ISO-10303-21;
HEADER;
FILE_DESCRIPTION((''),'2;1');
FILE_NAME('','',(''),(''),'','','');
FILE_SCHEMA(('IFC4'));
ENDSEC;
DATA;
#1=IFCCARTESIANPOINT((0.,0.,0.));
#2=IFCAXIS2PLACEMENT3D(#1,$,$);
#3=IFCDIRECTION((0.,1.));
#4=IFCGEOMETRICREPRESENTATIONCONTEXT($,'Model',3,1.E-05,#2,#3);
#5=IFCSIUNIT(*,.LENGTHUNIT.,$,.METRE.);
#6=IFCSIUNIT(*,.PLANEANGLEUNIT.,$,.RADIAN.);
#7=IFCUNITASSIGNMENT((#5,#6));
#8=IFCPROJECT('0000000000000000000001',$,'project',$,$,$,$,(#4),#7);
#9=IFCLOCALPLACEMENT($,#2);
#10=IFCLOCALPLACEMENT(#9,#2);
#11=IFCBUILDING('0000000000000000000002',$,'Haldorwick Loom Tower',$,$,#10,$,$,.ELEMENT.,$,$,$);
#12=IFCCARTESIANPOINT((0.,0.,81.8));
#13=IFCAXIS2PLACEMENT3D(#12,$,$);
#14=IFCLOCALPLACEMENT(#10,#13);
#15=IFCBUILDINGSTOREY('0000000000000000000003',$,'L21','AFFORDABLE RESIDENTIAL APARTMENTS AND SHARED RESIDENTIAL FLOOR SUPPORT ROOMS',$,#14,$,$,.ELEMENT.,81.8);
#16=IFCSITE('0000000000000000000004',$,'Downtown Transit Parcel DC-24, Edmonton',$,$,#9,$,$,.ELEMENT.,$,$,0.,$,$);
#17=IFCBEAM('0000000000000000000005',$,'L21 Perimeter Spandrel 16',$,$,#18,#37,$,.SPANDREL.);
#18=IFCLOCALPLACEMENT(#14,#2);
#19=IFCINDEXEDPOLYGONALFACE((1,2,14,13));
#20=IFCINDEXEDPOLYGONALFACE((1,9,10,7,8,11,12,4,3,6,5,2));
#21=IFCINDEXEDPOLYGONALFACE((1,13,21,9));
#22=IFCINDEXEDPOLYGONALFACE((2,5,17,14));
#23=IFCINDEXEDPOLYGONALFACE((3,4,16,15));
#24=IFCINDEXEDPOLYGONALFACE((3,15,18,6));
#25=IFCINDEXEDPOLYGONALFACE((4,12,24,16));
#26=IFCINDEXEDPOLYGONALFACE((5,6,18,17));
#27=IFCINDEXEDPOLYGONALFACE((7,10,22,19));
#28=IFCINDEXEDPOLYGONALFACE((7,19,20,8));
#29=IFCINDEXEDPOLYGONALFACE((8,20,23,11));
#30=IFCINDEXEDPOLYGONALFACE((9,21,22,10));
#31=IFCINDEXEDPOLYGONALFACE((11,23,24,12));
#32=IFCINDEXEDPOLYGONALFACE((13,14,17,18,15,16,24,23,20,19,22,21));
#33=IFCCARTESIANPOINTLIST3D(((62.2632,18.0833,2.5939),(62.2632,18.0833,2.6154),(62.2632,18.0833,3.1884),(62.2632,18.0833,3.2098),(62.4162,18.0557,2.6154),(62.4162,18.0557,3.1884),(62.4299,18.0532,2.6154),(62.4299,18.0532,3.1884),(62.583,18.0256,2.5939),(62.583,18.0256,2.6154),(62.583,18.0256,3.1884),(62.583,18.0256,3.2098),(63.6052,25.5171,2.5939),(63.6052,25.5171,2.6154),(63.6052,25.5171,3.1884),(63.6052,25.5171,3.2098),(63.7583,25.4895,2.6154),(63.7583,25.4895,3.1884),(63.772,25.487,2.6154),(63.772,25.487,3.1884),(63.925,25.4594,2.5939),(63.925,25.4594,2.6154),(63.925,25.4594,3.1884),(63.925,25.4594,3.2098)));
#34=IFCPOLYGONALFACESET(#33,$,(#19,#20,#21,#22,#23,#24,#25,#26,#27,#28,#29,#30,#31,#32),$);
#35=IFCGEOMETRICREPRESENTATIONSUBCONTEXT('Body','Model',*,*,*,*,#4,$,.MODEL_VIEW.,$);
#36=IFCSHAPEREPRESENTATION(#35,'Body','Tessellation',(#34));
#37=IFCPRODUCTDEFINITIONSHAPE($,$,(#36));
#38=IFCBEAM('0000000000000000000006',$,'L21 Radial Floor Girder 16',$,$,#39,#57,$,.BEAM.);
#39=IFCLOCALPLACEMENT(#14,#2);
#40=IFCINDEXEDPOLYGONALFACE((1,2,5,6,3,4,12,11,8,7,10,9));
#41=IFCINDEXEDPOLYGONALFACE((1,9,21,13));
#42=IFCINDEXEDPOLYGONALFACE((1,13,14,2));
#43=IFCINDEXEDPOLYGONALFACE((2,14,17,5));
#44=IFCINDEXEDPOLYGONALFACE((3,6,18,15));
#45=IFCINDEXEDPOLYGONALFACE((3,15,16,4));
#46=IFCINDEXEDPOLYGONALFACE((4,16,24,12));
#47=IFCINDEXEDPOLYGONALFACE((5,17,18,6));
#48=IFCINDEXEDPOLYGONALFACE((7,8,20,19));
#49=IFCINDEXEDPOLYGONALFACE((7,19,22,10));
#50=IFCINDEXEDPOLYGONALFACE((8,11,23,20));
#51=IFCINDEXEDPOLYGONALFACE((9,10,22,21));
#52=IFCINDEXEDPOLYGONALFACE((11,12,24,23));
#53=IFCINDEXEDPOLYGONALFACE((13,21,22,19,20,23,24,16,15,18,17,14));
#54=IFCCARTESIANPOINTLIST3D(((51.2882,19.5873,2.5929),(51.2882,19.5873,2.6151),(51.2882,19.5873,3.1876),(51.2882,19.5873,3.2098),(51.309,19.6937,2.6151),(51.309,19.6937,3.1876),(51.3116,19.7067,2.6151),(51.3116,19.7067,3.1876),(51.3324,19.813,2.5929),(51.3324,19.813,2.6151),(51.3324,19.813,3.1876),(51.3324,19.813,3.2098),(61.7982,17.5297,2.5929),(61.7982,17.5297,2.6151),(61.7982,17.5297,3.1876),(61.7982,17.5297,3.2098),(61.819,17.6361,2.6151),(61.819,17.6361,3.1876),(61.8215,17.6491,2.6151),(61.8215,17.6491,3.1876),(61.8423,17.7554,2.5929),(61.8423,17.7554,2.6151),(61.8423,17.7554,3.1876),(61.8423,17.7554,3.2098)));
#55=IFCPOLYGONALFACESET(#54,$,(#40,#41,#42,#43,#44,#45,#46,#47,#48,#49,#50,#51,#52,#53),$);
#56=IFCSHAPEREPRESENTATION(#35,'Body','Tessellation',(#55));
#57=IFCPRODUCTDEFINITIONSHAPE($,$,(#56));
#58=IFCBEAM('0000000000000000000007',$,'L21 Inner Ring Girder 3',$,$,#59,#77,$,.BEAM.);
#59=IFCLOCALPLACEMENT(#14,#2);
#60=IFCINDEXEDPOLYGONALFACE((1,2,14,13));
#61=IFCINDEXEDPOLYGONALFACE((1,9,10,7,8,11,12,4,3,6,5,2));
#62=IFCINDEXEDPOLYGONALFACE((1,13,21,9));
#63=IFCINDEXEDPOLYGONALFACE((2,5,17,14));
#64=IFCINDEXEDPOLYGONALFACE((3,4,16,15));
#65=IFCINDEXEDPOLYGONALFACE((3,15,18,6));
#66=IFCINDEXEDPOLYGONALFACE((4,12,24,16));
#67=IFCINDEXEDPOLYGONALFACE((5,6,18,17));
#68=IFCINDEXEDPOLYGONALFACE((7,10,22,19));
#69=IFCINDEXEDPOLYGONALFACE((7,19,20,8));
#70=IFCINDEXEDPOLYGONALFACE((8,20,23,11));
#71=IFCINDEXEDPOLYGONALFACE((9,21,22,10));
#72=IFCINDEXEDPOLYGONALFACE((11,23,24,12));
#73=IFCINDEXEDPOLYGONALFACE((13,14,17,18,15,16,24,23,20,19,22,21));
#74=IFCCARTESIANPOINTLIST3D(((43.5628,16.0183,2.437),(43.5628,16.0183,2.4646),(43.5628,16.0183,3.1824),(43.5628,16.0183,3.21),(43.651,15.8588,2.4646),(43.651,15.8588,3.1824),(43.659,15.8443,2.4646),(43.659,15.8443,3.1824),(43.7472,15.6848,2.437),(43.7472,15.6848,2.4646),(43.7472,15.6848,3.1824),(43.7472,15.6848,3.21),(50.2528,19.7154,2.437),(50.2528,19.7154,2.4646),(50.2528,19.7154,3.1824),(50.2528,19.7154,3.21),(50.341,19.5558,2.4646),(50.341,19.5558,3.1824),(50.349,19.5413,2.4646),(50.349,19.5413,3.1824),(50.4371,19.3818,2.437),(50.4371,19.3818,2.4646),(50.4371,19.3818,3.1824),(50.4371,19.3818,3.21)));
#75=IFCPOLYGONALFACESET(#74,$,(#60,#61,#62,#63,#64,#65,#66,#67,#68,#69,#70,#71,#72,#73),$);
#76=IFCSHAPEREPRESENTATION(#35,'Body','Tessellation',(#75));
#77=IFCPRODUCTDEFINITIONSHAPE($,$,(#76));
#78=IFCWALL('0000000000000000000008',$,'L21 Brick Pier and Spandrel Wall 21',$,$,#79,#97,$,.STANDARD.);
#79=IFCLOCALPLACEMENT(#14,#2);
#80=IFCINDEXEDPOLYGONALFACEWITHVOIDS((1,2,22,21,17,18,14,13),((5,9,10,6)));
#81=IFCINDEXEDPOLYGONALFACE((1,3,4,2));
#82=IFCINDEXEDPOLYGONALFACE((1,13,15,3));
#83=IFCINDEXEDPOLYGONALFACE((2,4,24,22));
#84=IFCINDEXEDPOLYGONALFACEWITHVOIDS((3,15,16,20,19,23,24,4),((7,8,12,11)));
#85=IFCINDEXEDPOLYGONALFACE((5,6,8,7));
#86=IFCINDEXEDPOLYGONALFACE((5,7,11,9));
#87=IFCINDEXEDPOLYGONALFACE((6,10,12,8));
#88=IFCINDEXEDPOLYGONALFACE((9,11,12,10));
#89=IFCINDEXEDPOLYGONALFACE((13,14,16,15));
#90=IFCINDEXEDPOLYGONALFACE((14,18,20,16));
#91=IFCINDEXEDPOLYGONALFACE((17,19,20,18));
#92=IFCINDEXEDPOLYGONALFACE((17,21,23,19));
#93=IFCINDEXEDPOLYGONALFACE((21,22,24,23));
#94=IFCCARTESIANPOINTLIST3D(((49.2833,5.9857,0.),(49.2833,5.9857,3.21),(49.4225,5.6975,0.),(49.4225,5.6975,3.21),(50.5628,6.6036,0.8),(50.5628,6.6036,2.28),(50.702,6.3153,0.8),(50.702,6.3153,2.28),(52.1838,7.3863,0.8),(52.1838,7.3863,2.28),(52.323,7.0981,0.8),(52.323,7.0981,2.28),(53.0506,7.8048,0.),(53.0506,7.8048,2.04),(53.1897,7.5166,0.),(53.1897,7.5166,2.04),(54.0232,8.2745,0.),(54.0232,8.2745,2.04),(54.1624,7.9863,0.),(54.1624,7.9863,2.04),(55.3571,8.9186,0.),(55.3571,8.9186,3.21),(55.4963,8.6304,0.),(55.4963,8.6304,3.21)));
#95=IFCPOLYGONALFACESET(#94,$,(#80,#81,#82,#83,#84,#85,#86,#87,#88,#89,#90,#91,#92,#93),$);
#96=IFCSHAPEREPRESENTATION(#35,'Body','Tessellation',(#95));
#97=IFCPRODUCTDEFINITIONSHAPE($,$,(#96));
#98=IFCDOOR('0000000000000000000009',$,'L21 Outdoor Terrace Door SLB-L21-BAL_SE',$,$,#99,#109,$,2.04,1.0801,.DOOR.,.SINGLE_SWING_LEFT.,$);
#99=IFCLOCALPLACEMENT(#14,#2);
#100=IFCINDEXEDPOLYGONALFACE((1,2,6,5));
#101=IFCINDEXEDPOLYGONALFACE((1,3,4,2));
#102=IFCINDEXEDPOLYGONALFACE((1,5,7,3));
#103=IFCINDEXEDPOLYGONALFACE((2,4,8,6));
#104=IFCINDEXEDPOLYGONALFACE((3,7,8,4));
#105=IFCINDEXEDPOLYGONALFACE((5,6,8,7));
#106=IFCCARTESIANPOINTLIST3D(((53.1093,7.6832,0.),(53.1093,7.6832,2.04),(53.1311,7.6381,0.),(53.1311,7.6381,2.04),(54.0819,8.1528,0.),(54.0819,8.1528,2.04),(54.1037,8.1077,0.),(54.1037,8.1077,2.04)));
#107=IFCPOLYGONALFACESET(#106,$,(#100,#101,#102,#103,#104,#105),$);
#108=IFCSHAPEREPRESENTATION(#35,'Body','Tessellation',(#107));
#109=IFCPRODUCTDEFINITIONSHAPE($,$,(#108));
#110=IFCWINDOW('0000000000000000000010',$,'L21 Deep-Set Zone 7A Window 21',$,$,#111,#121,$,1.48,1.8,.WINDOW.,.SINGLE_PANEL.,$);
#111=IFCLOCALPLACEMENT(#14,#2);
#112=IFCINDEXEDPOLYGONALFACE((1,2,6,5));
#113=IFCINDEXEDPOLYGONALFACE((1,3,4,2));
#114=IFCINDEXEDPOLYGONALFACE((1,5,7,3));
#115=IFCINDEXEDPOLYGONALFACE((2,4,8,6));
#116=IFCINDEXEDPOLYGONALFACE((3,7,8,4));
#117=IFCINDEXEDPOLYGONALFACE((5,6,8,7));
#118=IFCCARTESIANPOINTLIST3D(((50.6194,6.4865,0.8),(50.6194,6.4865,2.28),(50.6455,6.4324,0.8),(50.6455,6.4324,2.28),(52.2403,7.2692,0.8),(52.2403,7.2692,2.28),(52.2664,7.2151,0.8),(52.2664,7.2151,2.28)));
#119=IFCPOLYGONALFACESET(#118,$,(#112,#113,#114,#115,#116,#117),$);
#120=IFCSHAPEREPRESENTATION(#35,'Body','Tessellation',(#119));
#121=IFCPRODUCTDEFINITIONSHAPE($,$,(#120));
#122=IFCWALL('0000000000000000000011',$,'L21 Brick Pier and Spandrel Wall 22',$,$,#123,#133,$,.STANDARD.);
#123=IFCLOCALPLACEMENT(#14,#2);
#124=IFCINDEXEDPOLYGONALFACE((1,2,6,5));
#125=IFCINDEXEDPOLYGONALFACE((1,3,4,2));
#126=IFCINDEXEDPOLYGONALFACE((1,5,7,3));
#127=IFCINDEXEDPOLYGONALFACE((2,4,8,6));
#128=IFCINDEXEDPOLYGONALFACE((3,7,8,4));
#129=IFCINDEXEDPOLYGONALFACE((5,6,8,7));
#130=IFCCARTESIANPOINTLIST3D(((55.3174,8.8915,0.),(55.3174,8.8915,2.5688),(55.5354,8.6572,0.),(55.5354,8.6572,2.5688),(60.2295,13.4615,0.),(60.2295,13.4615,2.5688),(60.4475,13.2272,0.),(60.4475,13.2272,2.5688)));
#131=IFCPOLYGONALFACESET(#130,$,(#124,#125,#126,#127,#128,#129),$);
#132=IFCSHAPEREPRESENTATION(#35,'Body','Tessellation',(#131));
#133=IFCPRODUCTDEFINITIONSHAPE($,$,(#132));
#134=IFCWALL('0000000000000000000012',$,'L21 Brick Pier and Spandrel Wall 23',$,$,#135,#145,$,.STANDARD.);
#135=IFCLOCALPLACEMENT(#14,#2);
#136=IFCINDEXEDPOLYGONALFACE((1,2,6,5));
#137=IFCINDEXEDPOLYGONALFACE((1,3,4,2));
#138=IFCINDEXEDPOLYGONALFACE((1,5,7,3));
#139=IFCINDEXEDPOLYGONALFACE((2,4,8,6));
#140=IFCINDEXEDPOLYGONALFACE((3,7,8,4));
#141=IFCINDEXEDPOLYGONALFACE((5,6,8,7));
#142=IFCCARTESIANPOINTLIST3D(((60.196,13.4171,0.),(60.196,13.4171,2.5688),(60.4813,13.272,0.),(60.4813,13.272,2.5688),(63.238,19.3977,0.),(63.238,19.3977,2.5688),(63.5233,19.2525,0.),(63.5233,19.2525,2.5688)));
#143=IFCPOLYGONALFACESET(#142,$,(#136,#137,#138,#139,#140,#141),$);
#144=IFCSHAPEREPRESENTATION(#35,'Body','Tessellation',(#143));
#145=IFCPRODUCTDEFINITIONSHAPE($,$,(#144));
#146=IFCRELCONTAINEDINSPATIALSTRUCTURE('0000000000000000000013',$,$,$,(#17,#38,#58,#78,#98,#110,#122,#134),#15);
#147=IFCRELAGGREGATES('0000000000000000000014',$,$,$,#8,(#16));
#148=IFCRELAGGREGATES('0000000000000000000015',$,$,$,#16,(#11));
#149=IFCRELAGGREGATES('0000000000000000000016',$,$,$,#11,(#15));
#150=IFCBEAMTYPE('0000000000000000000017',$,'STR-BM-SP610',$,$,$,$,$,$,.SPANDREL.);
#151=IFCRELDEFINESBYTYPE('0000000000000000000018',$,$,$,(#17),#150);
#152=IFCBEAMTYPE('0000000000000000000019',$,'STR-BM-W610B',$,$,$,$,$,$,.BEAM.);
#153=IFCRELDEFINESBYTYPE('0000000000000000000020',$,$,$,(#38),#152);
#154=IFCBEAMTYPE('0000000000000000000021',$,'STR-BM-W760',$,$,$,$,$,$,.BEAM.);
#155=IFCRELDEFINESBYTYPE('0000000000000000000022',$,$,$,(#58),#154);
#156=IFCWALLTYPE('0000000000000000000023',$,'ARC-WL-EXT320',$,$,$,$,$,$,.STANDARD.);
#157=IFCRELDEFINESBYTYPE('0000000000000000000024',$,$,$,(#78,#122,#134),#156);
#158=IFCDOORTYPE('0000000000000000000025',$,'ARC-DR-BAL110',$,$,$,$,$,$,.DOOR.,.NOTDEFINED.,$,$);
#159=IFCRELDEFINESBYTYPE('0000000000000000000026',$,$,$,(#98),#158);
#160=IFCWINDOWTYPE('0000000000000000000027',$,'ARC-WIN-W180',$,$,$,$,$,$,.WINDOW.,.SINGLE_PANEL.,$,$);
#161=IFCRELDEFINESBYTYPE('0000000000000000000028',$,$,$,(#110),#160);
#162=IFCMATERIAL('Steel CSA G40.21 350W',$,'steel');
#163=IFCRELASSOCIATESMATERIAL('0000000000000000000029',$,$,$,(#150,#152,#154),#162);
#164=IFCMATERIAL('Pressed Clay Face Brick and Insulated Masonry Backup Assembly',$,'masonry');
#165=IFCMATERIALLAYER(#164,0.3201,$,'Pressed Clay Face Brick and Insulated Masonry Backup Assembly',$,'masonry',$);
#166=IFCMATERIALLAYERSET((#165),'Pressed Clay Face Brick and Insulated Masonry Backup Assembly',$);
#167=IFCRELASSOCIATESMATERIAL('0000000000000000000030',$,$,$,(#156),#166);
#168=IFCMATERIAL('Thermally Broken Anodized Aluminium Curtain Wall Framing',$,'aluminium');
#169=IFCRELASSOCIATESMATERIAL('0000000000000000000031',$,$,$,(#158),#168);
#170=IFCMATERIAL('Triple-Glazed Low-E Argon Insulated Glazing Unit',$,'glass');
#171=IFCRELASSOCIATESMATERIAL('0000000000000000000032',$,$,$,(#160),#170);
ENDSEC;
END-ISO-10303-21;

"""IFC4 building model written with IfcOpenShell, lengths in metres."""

from ifc_helpers import new_model, si_unit, direction, frame, frame_2d, origin, origin_2d, place, context, subcontext, project, spatial, rectangle, i_section, extrude, material, layer, layer_set, material_profile, profile_set, type_object, element, fill, save


model = new_model("IFC4")

# Units and contexts
model_context = context("Model", 3, precision=1e-05, world=origin(), true_north=direction((0.0, 1.0)))
body_context = subcontext(model_context, "Body", "Model", "MODEL_VIEW")
ifc_project = project(units=[si_unit("LENGTHUNIT", "METRE"), si_unit("PLANEANGLEUNIT", "RADIAN")], contexts=[model_context])

# Site, building, storey
site_placement = place(None, origin())
site = spatial("IfcSite", under=ifc_project, at=site_placement, Name="Downtown Transit Parcel DC-24, Edmonton", CompositionType="ELEMENT", RefElevation=0.0)
building_placement = place(site_placement, origin())
building = spatial("IfcBuilding", under=site, at=building_placement, Name="Haldorwick Loom Tower", CompositionType="ELEMENT")
storey_placement = place(building_placement, frame((0.0, 0.0, 81.8)))
storey = spatial("IfcBuildingStorey", under=building, at=storey_placement, Name="L21", Description="AFFORDABLE RESIDENTIAL APARTMENTS AND SHARED RESIDENTIAL FLOOR SUPPORT ROOMS", CompositionType="ELEMENT", Elevation=81.8)

# Beams
ifc_material_1 = material(Name="Steel CSA G40.21 350W", Category="steel")
ifc_material_profile_1 = material_profile(ifc_material_1, i_section(OverallWidth=0.325, OverallDepth=0.616, WebThickness=0.0139, FlangeThickness=0.0215, at=origin_2d()), Name="W610X174", Category="steel")
ifc_profile_set_1 = profile_set([ifc_material_profile_1], Name="Steel CSA G40.21 350W")
beam_type_1 = type_object("IfcBeamType", Name="STR-BM-SP610", PredefinedType="SPANDREL", material=ifc_profile_set_1)
beam_1_placement = place(storey_placement, frame((62.4231, 18.0544, 2.9019), z_axis=(0.177659, 0.984092, 0.0), x_axis=(-0.984092, 0.177659, 0.0)))
element("IfcBeam", 1, at=beam_1_placement, inside=storey, type_object=beam_type_1, Name="L21 Perimeter Spandrel 16", PredefinedType="SPANDREL", context=body_context, shape_type="SweptSolid", body=[
    extrude(i_section(OverallWidth=0.325, OverallDepth=0.616, WebThickness=0.0139, FlangeThickness=0.0215, at=origin_2d()), origin(), (0.0, 0.0, 1.0), 7.554),
])
ifc_material_profile_2 = material_profile(ifc_material_1, i_section(OverallWidth=0.23, OverallDepth=0.6169, WebThickness=0.0132, FlangeThickness=0.0222, at=origin_2d()), Name="W610X140", Category="steel")
ifc_profile_set_2 = profile_set([ifc_material_profile_2], Name="Steel CSA G40.21 350W")
beam_type_2 = type_object("IfcBeamType", Name="STR-BM-W610B", PredefinedType="BEAM", material=ifc_profile_set_2)
beam_2_placement = place(storey_placement, frame((51.3103, 19.7002, 2.9014), z_axis=(0.98137, -0.192129, 0.0), x_axis=(0.192129, 0.98137, 0.0)))
element("IfcBeam", 2, at=beam_2_placement, inside=storey, type_object=beam_type_2, Name="L21 Radial Floor Girder 16", PredefinedType="BEAM", context=body_context, shape_type="SweptSolid", body=[
    extrude(i_section(OverallWidth=0.23, OverallDepth=0.6169, WebThickness=0.0132, FlangeThickness=0.0222, at=origin_2d()), origin(), (0.0, 0.0, 1.0), 10.7095),
])
ifc_material_profile_3 = material_profile(ifc_material_1, i_section(OverallWidth=0.3811, OverallDepth=0.7729, WebThickness=0.0166, FlangeThickness=0.0276, at=origin_2d()), Name="W760X257", Category="steel")
ifc_profile_set_3 = profile_set([ifc_material_profile_3], Name="Steel CSA G40.21 350W")
beam_type_3 = type_object("IfcBeamType", Name="STR-BM-W760", PredefinedType="BEAM", material=ifc_profile_set_3)
beam_3_placement = place(storey_placement, frame((50.345, 19.5486, 2.8235), z_axis=(-0.875244, -0.483681, 0.0), x_axis=(0.483681, -0.875244, 0.0)))
element("IfcBeam", 3, at=beam_3_placement, inside=storey, type_object=beam_type_3, Name="L21 Inner Ring Girder 3", PredefinedType="BEAM", context=body_context, shape_type="SweptSolid", body=[
    extrude(i_section(OverallWidth=0.3811, OverallDepth=0.7729, WebThickness=0.0166, FlangeThickness=0.0276, at=origin_2d()), origin(), (0.0, 0.0, 1.0), 7.6436),
])

# Wall, openings, door, window
ifc_material_2 = material(Name="Pressed Clay Face Brick and Insulated Masonry Backup Assembly", Category="masonry")
ifc_layer_1 = layer(ifc_material_2, 0.3201, Name="Pressed Clay Face Brick and Insulated Masonry Backup Assembly", Category="masonry")
ifc_layer_set_1 = layer_set([ifc_layer_1], Name="Pressed Clay Face Brick and Insulated Masonry Backup Assembly")
wall_type_1 = type_object("IfcWallType", Name="ARC-WL-EXT320", PredefinedType="STANDARD", material=ifc_layer_set_1)
wall_1_placement = place(storey_placement, frame((49.3528, 5.8416, 0.0), z_axis=(0.0, 0.0, 1.0), x_axis=(0.90051, 0.434835, 0.0)))
wall_1 = element("IfcWall", 4, at=wall_1_placement, inside=storey, type_object=wall_type_1, Name="L21 Brick Pier and Spandrel Wall 21", PredefinedType="STANDARD", context=body_context, shape_type="SweptSolid", body=[
    extrude(rectangle(XDim=6.7449, YDim=0.3201, at=frame_2d((3.3726, 0.0))), origin(), (0.0, 0.0, 1.0), 3.21),
])
opening_1_placement = place(wall_1_placement, frame((4.1836, 0.0, 0.0)))
opening_1 = element("IfcOpeningElement", 5, at=opening_1_placement, cuts=wall_1, PredefinedType="OPENING", context=body_context, shape_type="SweptSolid", body=[
    extrude(rectangle(XDim=1.0801, YDim=2.04, at=frame_2d((0.54, 1.02))), frame((0.0, 0.1699, 0.0), z_axis=(0.0, -1.0, 0.0), x_axis=(1.0, 0.0, 0.0)), (0.0, 0.0, 1.0), 0.3401),
])
opening_2_placement = place(wall_1_placement, frame((1.4211, 0.0, 0.8)))
opening_2 = element("IfcOpeningElement", 6, at=opening_2_placement, cuts=wall_1, PredefinedType="OPENING", context=body_context, shape_type="SweptSolid", body=[
    extrude(rectangle(XDim=1.8, YDim=1.48, at=frame_2d((0.8999, 0.74))), frame((0.0, 0.1699, 0.0), z_axis=(0.0, -1.0, 0.0), x_axis=(1.0, 0.0, 0.0)), (0.0, 0.0, 1.0), 0.3401),
])
ifc_material_3 = material(Name="Thermally Broken Anodized Aluminium Curtain Wall Framing", Category="aluminium")
door_type_1 = type_object("IfcDoorType", Name="ARC-DR-BAL110", OperationType="NOTDEFINED", PredefinedType="DOOR", material=ifc_material_3)
door_1_placement = place(opening_1_placement, origin())
door_1 = element("IfcDoor", 7, at=door_1_placement, inside=storey, type_object=door_type_1, Name="L21 Outdoor Terrace Door SLB-L21-BAL_SE", OperationType="SINGLE_SWING_LEFT", OverallHeight=2.04, OverallWidth=1.0801, PredefinedType="DOOR", context=body_context, shape_type="SweptSolid", body=[
    extrude(rectangle(XDim=1.0801, YDim=2.04, at=frame_2d((0.54, 1.02))), frame((0.0, 0.0249, 0.0), z_axis=(0.0, -1.0, 0.0), x_axis=(1.0, 0.0, 0.0)), (0.0, 0.0, 1.0), 0.05),
])
fill(opening_1, door_1)
ifc_material_4 = material(Name="Triple-Glazed Low-E Argon Insulated Glazing Unit", Category="glass")
window_type = type_object("IfcWindowType", Name="ARC-WIN-W180", PartitioningType="SINGLE_PANEL", PredefinedType="WINDOW", material=ifc_material_4)
window_1_placement = place(opening_2_placement, origin())
window_1 = element("IfcWindow", 8, at=window_1_placement, inside=storey, type_object=window_type, Name="L21 Deep-Set Zone 7A Window 21", OverallHeight=1.48, OverallWidth=1.8, PartitioningType="SINGLE_PANEL", PredefinedType="WINDOW", context=body_context, shape_type="SweptSolid", body=[
    extrude(rectangle(XDim=1.8, YDim=1.48, at=frame_2d((0.8999, 0.74))), frame((0.0, 0.03, 0.0), z_axis=(0.0, -1.0, 0.0), x_axis=(1.0, 0.0, 0.0)), (0.0, 0.0, 1.0), 0.0601),
])
fill(opening_2, window_1)

# Walls
wall_2_placement = place(storey_placement, frame((55.4265, 8.7744, 0.0), z_axis=(0.0, 0.0, 1.0), x_axis=(0.732137, 0.681157, 0.0)))
element("IfcWall", 9, at=wall_2_placement, inside=storey, type_object=wall_type_1, Name="L21 Brick Pier and Spandrel Wall 22", PredefinedType="STANDARD", context=body_context, shape_type="SweptSolid", body=[
    extrude(rectangle(XDim=6.7092, YDim=0.3201, at=frame_2d((3.3545, 0.0))), origin(), (0.0, 0.0, 1.0), 2.5688),
])
wall_3_placement = place(storey_placement, frame((60.3386, 13.3445, 0.0), z_axis=(0.0, 0.0, 1.0), x_axis=(0.453374, 0.89132, 0.0)))
element("IfcWall", 10, at=wall_3_placement, inside=storey, type_object=wall_type_1, Name="L21 Brick Pier and Spandrel Wall 23", PredefinedType="STANDARD", context=body_context, shape_type="SweptSolid", body=[
    extrude(rectangle(XDim=6.7097, YDim=0.3201, at=frame_2d((3.355, 0.0))), origin(), (0.0, 0.0, 1.0), 2.5688),
])

save(model, "model.ifc")
